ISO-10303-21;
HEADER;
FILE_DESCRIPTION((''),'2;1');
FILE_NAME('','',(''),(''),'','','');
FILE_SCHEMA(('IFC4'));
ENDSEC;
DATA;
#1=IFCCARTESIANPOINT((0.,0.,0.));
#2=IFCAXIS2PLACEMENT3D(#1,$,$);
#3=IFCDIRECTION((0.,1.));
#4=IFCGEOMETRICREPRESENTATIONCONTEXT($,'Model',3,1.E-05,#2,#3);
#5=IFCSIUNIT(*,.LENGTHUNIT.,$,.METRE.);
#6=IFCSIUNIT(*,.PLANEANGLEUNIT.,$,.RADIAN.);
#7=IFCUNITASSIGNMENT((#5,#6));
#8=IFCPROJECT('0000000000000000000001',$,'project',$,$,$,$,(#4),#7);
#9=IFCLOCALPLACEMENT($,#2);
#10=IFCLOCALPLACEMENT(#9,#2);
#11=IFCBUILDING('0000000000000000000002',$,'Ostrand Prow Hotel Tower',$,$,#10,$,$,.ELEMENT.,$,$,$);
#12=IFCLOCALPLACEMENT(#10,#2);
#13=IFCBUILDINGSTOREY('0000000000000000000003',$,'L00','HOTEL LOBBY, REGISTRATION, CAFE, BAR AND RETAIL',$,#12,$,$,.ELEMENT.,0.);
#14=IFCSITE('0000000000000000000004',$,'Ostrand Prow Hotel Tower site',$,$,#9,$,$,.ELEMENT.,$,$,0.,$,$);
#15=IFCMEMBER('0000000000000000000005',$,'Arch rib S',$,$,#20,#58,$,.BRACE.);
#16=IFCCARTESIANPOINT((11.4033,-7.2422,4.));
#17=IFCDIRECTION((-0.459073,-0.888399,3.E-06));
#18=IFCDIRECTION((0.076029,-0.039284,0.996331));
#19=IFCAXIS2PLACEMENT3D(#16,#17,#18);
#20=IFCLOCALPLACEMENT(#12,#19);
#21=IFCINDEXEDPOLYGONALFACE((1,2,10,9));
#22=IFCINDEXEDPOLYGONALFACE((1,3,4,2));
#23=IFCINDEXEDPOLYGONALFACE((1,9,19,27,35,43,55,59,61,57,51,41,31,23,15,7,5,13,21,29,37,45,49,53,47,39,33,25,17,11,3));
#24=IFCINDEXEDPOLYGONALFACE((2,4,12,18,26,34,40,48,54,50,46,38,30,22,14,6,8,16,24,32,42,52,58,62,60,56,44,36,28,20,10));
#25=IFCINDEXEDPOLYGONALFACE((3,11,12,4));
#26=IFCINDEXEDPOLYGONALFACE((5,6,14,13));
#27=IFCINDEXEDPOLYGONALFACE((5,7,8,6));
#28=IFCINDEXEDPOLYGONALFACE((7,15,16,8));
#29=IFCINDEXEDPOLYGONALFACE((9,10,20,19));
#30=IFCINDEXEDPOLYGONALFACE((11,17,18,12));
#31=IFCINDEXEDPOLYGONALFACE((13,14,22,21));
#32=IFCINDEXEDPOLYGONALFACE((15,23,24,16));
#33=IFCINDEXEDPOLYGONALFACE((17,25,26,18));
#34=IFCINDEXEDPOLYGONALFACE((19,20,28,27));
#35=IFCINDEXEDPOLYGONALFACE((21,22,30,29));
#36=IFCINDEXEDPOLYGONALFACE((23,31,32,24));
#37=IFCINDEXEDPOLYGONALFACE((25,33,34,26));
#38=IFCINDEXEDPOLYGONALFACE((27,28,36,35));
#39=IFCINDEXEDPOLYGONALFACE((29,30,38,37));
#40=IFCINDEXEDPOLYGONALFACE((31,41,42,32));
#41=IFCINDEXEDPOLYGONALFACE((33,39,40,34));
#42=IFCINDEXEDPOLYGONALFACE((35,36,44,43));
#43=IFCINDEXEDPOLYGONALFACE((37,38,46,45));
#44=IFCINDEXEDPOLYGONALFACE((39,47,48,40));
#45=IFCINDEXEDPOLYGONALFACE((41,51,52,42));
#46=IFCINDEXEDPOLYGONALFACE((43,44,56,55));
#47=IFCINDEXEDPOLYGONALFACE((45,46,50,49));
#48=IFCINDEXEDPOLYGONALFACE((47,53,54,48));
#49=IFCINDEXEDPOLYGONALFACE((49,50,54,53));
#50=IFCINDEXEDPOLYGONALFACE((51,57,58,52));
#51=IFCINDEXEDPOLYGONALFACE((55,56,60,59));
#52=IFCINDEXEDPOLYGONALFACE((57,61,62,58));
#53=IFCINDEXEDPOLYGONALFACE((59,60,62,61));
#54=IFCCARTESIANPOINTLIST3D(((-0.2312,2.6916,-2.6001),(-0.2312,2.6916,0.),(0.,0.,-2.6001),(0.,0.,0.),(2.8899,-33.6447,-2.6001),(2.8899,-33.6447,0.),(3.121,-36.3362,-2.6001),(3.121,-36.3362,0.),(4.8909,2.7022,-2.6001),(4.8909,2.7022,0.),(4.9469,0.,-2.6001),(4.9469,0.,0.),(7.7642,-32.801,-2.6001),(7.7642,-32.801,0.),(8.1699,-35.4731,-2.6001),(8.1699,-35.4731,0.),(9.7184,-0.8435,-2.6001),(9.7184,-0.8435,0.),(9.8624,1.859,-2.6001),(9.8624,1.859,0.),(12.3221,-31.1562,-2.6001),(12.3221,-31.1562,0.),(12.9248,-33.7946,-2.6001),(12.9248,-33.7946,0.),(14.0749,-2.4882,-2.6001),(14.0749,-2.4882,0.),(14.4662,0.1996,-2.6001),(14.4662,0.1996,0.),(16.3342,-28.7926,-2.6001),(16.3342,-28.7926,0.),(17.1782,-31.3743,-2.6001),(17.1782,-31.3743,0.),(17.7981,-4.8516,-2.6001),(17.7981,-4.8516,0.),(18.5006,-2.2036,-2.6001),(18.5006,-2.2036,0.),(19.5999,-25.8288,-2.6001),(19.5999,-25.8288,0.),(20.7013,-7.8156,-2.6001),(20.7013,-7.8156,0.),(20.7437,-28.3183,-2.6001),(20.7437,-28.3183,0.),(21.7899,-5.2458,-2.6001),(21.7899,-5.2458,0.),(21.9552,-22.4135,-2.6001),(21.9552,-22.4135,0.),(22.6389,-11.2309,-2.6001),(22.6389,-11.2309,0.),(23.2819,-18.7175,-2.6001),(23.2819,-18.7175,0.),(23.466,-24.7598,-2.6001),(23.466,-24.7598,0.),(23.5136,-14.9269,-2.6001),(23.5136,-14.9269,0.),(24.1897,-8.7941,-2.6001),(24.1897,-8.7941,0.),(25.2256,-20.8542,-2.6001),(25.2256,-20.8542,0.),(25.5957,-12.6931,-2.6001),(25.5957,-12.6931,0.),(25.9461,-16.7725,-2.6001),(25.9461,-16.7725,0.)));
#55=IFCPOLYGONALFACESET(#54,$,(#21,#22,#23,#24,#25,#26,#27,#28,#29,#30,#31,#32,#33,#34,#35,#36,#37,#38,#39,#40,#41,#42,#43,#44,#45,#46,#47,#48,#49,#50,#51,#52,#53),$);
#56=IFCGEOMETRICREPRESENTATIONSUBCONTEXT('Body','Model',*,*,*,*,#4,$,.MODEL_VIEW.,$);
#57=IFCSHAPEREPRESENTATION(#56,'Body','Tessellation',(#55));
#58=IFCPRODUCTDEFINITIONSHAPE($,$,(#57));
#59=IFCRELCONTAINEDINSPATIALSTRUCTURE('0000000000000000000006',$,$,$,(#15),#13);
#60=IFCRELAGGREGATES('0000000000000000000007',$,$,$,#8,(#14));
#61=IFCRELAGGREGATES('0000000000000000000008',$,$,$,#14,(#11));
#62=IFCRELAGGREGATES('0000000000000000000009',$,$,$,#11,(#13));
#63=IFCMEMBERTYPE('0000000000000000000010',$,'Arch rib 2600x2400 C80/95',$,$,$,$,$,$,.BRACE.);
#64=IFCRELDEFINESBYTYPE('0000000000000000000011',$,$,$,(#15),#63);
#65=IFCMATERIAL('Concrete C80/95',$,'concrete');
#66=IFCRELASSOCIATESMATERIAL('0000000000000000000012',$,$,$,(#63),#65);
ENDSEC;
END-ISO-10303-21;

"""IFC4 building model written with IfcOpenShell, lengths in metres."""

from ifc_helpers import new_model, si_unit, direction, frame, origin, origin_2d, place, context, subcontext, project, spatial, polyline, rectangle, outline, extrude, material, material_profile, profile_set, type_object, element, save


model = new_model("IFC4")

# Units and contexts
model_context = context("Model", 3, precision=1e-05, world=origin(), true_north=direction((0.0, 1.0)))
body_context = subcontext(model_context, "Body", "Model", "MODEL_VIEW")
ifc_project = project(units=[si_unit("LENGTHUNIT", "METRE"), si_unit("PLANEANGLEUNIT", "RADIAN")], contexts=[model_context])

# Site, building, storey
site_placement = place(None, origin())
site = spatial("IfcSite", under=ifc_project, at=site_placement, Name="Ostrand Prow Hotel Tower site", CompositionType="ELEMENT", RefElevation=0.0)
building_placement = place(site_placement, origin())
building = spatial("IfcBuilding", under=site, at=building_placement, Name="Ostrand Prow Hotel Tower", CompositionType="ELEMENT")
storey_placement = place(building_placement, origin())
storey = spatial("IfcBuildingStorey", under=building, at=storey_placement, Name="L00", Description="HOTEL LOBBY, REGISTRATION, CAFE, BAR AND RETAIL", CompositionType="ELEMENT", Elevation=0.0)

# Member
ifc_material_1 = material(Name="Concrete C80/95", Category="concrete")
ifc_material_profile_1 = material_profile(ifc_material_1, rectangle(XDim=2.6001, YDim=2.3999, at=origin_2d()), Name="RC 2600x2400")
ifc_profile_set_1 = profile_set([ifc_material_profile_1], Name="Concrete C80/95")
member_type = type_object("IfcMemberType", Name="Arch rib 2600x2400 C80/95", PredefinedType="BRACE", material=ifc_profile_set_1)
member_placement = place(storey_placement, frame((11.4033, -7.2422, 4.0), z_axis=(-0.459073, -0.888399, 0.000003), x_axis=(0.076029, -0.039284, 0.996331)))
element("IfcMember", 1, at=member_placement, inside=storey, type_object=member_type, Name="Arch rib S", PredefinedType="BRACE", context=body_context, shape_type="SweptSolid", body=[
    extrude(outline(polyline([(0.0, 0.0), (4.9469, 0.0), (9.7184, -0.8435), (14.0749, -2.4882), (17.7981, -4.8516), (20.7013, -7.8156), (22.6389, -11.2309), (23.5136, -14.9269), (23.2819, -18.7175), (21.9552, -22.4135), (19.5999, -25.8288), (16.3342, -28.7926), (12.3221, -31.1562), (7.7642, -32.801), (2.8899, -33.6447), (3.121, -36.3362), (8.1699, -35.4731), (12.9248, -33.7946), (17.1782, -31.3743), (20.7437, -28.3183), (23.466, -24.7598), (25.2256, -20.8542), (25.9461, -16.7725), (25.5957, -12.6931), (24.1897, -8.7941), (21.7899, -5.2458), (18.5006, -2.2036), (14.4662, 0.1996), (9.8624, 1.859), (4.8909, 2.7022), (-0.2312, 2.6916), (0.0, 0.0)])), origin(), (0.0, 0.0, -1.0), 2.6001),
])

save(model, "model.ifc")
